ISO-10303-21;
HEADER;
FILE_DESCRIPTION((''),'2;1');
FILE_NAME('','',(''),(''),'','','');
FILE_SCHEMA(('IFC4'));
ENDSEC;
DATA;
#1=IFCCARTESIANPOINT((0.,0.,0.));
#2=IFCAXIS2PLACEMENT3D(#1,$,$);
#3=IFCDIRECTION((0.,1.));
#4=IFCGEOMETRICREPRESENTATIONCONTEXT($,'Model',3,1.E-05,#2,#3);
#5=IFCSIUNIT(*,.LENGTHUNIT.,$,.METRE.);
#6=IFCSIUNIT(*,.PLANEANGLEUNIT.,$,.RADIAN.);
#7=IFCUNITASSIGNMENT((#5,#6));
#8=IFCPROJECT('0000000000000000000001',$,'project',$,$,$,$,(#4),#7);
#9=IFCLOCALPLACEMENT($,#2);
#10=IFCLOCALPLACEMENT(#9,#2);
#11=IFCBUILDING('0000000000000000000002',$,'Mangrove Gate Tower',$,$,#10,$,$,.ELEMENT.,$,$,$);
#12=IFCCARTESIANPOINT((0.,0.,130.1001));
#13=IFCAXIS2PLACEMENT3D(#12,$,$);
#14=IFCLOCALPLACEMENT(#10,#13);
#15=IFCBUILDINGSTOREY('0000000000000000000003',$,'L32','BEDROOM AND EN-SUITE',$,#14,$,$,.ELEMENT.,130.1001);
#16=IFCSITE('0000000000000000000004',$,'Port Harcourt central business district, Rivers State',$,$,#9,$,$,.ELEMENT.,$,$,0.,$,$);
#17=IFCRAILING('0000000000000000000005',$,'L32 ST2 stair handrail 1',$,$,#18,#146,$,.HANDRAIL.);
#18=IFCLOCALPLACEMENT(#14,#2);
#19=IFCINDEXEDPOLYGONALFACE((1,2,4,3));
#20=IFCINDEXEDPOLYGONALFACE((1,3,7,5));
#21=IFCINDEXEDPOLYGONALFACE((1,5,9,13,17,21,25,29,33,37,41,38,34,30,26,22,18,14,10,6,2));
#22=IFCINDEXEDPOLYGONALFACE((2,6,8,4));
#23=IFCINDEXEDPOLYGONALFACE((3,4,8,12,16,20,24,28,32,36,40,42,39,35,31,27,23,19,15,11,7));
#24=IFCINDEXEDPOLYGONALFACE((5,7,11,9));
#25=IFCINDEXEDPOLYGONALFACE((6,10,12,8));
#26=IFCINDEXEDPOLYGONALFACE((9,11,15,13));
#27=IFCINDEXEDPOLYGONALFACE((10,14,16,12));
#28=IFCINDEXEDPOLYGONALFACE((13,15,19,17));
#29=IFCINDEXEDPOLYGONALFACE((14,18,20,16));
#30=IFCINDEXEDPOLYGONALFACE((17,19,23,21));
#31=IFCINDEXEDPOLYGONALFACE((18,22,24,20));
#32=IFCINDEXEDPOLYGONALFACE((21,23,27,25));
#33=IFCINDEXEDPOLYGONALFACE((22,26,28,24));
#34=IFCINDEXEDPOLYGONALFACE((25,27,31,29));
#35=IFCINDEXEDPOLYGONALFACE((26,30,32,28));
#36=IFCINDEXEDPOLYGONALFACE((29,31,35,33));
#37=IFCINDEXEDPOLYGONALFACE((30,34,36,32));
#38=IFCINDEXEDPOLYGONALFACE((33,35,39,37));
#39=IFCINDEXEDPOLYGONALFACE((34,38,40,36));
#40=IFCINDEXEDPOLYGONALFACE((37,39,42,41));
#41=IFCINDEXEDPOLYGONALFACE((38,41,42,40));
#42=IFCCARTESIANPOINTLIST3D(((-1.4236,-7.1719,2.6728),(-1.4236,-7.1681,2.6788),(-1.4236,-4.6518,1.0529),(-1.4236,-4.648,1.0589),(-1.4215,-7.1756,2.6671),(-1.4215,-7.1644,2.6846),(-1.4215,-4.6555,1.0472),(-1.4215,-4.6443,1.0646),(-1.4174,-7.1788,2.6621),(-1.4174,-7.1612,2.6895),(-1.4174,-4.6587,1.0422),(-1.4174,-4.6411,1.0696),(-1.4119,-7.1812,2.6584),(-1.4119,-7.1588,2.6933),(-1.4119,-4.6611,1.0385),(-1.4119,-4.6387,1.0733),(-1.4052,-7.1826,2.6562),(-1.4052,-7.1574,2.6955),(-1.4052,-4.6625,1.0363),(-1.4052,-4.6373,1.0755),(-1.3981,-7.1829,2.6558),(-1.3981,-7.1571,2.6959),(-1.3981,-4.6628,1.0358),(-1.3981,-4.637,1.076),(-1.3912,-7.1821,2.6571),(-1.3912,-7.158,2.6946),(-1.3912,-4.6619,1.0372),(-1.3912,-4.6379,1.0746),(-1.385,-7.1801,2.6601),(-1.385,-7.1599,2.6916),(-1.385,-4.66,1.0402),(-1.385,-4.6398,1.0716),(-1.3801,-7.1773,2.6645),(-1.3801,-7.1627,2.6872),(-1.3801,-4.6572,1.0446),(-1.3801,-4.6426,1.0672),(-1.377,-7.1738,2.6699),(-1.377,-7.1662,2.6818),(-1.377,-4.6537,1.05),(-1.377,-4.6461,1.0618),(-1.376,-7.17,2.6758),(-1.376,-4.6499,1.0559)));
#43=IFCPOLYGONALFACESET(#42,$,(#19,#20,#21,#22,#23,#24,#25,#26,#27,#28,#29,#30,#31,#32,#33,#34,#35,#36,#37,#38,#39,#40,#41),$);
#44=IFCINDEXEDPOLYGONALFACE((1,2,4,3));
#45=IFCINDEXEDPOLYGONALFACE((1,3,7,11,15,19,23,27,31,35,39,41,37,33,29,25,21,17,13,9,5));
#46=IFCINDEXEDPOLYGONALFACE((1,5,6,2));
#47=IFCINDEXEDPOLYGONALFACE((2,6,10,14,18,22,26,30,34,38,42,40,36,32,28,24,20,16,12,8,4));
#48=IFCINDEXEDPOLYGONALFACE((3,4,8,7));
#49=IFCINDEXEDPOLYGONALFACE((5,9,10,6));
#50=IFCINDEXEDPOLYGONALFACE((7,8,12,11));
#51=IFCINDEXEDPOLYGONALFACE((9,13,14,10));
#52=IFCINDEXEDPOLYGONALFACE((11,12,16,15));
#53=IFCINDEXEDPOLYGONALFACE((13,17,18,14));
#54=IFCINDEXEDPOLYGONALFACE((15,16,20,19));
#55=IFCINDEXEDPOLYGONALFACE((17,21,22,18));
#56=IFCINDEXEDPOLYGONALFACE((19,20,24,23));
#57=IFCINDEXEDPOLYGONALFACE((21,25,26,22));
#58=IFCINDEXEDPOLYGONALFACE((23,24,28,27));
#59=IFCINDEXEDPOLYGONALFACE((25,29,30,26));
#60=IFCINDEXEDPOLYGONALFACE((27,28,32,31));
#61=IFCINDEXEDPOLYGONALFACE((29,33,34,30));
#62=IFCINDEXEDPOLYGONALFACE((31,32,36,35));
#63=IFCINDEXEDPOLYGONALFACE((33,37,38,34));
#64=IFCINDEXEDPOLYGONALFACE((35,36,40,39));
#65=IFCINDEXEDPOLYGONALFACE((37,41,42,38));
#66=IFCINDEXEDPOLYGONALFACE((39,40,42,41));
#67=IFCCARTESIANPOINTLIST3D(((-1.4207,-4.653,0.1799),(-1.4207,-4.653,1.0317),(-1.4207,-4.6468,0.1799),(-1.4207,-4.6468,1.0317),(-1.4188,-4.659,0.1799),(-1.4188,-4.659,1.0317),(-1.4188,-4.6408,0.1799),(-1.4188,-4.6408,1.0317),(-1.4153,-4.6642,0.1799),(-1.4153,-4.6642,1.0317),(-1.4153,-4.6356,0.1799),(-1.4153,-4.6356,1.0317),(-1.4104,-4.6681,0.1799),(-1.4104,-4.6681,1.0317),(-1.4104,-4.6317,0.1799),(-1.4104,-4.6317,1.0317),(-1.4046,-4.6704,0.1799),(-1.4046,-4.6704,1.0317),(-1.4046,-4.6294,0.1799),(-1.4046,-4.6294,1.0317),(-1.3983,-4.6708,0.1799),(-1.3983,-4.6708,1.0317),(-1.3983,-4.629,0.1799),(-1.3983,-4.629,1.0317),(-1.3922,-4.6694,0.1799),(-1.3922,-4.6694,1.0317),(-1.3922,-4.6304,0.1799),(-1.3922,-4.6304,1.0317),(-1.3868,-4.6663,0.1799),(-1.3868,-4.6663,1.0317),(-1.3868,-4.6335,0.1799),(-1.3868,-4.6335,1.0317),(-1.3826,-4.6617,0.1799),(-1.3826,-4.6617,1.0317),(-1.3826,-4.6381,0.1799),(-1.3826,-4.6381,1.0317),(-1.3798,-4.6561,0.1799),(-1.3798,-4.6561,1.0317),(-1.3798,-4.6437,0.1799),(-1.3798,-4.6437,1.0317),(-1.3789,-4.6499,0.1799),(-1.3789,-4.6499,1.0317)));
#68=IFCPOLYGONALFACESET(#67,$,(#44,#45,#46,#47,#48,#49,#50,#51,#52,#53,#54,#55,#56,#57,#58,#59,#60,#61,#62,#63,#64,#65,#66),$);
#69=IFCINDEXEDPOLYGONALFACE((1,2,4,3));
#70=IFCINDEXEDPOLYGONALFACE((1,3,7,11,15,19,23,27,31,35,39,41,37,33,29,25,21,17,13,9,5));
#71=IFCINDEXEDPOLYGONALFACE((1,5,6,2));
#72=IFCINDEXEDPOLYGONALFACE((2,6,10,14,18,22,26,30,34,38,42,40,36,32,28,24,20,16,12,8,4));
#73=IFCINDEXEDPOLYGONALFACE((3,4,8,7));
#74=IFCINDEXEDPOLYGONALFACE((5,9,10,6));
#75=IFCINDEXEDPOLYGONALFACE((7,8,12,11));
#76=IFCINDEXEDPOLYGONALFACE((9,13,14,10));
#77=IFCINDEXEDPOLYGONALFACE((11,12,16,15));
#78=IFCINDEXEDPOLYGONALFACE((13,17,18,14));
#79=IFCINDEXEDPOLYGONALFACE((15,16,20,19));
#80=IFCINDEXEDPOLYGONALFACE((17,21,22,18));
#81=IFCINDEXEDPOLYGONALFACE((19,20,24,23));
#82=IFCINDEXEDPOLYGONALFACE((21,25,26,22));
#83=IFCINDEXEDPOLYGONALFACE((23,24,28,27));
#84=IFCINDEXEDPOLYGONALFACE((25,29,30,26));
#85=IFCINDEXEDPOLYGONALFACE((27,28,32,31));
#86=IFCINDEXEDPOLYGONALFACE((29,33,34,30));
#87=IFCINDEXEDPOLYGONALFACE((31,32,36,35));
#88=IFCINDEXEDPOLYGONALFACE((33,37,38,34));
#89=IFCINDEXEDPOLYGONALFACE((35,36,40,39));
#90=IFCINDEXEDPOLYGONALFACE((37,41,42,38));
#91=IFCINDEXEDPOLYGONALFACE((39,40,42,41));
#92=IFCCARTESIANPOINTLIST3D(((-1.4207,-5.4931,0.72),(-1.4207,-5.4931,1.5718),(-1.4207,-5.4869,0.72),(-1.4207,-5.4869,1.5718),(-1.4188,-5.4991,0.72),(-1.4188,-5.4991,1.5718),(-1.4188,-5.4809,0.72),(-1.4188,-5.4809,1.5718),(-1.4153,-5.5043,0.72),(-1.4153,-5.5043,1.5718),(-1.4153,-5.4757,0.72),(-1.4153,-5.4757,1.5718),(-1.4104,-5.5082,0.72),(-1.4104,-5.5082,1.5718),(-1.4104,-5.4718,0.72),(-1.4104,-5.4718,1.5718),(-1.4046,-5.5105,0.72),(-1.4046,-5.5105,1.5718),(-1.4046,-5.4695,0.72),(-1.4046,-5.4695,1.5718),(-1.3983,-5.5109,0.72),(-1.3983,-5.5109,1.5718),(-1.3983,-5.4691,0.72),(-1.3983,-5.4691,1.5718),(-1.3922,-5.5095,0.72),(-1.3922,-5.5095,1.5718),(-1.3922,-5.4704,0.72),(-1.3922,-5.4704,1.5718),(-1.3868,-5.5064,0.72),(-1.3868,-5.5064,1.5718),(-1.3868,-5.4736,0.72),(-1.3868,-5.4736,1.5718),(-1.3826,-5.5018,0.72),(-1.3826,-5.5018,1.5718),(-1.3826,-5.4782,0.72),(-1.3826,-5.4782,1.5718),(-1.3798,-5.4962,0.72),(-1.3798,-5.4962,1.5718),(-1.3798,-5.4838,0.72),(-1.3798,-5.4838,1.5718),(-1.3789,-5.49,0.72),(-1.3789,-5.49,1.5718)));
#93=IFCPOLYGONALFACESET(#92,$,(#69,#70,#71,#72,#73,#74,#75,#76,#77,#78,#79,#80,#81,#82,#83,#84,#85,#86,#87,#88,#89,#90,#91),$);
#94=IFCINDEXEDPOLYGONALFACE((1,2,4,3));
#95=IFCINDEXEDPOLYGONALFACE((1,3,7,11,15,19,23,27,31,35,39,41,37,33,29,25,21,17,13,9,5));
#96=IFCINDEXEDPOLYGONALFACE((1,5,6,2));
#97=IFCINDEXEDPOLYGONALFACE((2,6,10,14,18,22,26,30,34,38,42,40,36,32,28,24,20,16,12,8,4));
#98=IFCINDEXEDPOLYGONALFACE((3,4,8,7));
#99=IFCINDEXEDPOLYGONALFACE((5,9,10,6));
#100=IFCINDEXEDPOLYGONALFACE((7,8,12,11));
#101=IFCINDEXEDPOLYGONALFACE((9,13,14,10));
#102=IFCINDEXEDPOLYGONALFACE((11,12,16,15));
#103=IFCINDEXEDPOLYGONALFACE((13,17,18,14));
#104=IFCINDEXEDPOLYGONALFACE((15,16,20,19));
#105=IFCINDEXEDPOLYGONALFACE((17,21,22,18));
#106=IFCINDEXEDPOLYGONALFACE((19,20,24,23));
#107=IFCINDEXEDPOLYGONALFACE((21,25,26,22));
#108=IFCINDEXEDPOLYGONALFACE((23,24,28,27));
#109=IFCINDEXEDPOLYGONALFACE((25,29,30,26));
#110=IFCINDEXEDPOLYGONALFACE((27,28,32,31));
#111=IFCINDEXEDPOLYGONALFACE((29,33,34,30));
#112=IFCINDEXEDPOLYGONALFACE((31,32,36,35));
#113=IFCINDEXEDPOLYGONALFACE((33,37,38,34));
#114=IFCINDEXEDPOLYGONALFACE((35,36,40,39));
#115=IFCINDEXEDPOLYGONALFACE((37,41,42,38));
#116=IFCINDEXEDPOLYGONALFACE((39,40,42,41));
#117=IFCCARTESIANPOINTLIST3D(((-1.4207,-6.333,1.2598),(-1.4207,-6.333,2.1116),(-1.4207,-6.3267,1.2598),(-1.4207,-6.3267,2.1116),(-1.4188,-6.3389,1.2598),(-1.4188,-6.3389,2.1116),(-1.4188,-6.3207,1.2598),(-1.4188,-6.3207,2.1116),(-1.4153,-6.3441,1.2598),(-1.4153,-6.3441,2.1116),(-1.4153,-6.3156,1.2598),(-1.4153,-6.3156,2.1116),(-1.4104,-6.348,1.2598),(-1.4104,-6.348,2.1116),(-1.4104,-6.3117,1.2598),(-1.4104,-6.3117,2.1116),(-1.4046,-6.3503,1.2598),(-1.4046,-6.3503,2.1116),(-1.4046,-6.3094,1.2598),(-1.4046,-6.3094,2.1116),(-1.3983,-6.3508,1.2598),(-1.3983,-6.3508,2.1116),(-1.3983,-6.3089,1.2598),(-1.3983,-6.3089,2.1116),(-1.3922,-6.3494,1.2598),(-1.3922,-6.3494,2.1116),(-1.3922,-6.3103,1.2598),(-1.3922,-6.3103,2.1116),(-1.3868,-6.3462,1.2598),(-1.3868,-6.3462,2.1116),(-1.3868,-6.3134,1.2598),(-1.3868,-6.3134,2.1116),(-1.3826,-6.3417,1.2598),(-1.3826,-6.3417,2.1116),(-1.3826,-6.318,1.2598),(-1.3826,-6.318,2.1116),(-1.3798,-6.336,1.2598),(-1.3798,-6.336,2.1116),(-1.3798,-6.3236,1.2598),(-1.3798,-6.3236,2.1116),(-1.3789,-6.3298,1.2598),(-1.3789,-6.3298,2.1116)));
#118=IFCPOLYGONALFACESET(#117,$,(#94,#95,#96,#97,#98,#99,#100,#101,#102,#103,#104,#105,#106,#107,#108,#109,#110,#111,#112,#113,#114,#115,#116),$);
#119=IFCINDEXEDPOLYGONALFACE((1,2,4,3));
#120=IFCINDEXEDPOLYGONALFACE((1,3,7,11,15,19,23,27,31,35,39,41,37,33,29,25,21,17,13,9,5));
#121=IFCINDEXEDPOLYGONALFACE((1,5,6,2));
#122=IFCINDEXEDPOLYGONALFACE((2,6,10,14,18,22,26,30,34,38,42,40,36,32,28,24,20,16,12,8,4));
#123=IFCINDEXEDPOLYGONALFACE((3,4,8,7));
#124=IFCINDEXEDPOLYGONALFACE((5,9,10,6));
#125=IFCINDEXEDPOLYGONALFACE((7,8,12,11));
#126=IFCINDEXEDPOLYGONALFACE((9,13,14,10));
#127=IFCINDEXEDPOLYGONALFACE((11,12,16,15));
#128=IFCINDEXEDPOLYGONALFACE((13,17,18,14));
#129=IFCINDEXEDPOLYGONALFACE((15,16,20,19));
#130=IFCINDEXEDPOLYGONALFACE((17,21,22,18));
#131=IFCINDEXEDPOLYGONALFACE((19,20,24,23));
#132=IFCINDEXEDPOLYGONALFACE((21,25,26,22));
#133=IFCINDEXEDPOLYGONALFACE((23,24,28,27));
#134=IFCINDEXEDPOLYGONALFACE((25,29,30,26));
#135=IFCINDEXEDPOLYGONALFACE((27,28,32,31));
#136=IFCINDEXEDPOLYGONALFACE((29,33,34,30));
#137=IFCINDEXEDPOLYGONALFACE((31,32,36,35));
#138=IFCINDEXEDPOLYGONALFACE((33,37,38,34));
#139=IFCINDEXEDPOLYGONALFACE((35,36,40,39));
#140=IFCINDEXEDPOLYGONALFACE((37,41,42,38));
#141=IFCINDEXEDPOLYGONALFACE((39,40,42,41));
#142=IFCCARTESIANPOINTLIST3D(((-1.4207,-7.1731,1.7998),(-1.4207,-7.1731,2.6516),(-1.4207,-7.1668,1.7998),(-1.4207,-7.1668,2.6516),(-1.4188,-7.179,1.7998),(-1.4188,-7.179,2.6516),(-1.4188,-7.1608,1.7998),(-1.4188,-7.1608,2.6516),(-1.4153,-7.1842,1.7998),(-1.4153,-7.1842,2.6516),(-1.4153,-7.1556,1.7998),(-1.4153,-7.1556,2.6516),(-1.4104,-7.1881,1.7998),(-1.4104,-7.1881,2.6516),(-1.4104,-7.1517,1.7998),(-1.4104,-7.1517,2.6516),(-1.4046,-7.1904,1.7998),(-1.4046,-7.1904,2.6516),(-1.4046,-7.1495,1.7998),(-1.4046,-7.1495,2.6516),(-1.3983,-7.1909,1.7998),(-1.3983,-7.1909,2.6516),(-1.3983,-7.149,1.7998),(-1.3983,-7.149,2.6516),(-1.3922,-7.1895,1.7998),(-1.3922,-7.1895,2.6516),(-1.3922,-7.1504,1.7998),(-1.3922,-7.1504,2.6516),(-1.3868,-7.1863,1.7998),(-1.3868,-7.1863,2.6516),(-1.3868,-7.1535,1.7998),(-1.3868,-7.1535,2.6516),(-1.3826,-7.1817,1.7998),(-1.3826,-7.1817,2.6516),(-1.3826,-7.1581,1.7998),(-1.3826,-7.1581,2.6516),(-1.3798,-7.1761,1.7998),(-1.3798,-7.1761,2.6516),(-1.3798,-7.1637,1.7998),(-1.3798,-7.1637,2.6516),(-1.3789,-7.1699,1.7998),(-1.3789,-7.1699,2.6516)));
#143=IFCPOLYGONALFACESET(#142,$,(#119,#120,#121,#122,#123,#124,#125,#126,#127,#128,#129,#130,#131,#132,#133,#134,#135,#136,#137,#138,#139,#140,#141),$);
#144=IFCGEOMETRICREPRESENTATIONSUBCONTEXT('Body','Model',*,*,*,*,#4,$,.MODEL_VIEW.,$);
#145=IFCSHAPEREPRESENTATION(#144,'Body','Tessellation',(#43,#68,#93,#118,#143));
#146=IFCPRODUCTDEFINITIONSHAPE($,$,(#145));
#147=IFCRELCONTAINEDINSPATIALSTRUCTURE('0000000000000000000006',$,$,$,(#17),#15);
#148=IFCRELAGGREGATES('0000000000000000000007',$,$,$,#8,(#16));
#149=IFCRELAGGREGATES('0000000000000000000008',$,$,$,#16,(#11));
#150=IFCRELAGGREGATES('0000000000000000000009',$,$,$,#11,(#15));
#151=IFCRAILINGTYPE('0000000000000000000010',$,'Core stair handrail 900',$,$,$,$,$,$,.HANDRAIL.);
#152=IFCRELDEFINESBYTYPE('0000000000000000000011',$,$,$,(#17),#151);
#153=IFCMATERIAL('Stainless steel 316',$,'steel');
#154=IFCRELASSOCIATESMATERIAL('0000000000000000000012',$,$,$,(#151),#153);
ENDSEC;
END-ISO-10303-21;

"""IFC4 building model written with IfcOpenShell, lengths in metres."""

from ifc_helpers import new_model, si_unit, direction, frame, origin, origin_2d, place, context, subcontext, project, spatial, circle, extrude, material, type_object, element, save


model = new_model("IFC4")

# Units and contexts
model_context = context("Model", 3, precision=1e-05, world=origin(), true_north=direction((0.0, 1.0)))
body_context = subcontext(model_context, "Body", "Model", "MODEL_VIEW")
ifc_project = project(units=[si_unit("LENGTHUNIT", "METRE"), si_unit("PLANEANGLEUNIT", "RADIAN")], contexts=[model_context])

# Site, building, storey
site_placement = place(None, origin())
site = spatial("IfcSite", under=ifc_project, at=site_placement, Name="Port Harcourt central business district, Rivers State", CompositionType="ELEMENT", RefElevation=0.0)
building_placement = place(site_placement, origin())
building = spatial("IfcBuilding", under=site, at=building_placement, Name="Mangrove Gate Tower", CompositionType="ELEMENT")
storey_placement = place(building_placement, frame((0.0, 0.0, 130.1001)))
storey = spatial("IfcBuildingStorey", under=building, at=storey_placement, Name="L32", Description="BEDROOM AND EN-SUITE", CompositionType="ELEMENT", Elevation=130.1001)

# Railing
ifc_material_1 = material(Name="Stainless steel 316", Category="steel")
railing_type_1 = type_object("IfcRailingType", Name="Core stair handrail 900", PredefinedType="HANDRAIL", material=ifc_material_1)
for number, where, name in (
    (1, (-1.3999, -4.6499, 0.1799), "L32 ST2 stair handrail 1"),
):
    element("IfcRailing", number, at=place(storey_placement, frame(where)), inside=storey, type_object=railing_type_1, Name=name, PredefinedType="HANDRAIL", context=body_context, shape_type="SweptSolid", body=[
        extrude(circle(Radius=0.0239, at=origin_2d()), frame((0.0, 0.0, 0.876), z_axis=(0.0, -0.8412, 0.540725), x_axis=(1.0, 0.0, 0.0)), (0.0, 0.0, 1.0), 2.9958),
        extrude(circle(Radius=0.021, at=origin_2d()), origin(), (0.0, 0.0, 1.0), 0.8518),
        extrude(circle(Radius=0.021, at=origin_2d()), frame((0.0, -0.8401, 0.54)), (0.0, 0.0, 1.0), 0.8518),
        extrude(circle(Radius=0.021, at=origin_2d()), frame((0.0, -1.6799, 1.0798)), (0.0, 0.0, 1.0), 0.8518),
        extrude(circle(Radius=0.021, at=origin_2d()), frame((0.0, -2.52, 1.6199)), (0.0, 0.0, 1.0), 0.8518),
    ])

save(model, "model.ifc")
